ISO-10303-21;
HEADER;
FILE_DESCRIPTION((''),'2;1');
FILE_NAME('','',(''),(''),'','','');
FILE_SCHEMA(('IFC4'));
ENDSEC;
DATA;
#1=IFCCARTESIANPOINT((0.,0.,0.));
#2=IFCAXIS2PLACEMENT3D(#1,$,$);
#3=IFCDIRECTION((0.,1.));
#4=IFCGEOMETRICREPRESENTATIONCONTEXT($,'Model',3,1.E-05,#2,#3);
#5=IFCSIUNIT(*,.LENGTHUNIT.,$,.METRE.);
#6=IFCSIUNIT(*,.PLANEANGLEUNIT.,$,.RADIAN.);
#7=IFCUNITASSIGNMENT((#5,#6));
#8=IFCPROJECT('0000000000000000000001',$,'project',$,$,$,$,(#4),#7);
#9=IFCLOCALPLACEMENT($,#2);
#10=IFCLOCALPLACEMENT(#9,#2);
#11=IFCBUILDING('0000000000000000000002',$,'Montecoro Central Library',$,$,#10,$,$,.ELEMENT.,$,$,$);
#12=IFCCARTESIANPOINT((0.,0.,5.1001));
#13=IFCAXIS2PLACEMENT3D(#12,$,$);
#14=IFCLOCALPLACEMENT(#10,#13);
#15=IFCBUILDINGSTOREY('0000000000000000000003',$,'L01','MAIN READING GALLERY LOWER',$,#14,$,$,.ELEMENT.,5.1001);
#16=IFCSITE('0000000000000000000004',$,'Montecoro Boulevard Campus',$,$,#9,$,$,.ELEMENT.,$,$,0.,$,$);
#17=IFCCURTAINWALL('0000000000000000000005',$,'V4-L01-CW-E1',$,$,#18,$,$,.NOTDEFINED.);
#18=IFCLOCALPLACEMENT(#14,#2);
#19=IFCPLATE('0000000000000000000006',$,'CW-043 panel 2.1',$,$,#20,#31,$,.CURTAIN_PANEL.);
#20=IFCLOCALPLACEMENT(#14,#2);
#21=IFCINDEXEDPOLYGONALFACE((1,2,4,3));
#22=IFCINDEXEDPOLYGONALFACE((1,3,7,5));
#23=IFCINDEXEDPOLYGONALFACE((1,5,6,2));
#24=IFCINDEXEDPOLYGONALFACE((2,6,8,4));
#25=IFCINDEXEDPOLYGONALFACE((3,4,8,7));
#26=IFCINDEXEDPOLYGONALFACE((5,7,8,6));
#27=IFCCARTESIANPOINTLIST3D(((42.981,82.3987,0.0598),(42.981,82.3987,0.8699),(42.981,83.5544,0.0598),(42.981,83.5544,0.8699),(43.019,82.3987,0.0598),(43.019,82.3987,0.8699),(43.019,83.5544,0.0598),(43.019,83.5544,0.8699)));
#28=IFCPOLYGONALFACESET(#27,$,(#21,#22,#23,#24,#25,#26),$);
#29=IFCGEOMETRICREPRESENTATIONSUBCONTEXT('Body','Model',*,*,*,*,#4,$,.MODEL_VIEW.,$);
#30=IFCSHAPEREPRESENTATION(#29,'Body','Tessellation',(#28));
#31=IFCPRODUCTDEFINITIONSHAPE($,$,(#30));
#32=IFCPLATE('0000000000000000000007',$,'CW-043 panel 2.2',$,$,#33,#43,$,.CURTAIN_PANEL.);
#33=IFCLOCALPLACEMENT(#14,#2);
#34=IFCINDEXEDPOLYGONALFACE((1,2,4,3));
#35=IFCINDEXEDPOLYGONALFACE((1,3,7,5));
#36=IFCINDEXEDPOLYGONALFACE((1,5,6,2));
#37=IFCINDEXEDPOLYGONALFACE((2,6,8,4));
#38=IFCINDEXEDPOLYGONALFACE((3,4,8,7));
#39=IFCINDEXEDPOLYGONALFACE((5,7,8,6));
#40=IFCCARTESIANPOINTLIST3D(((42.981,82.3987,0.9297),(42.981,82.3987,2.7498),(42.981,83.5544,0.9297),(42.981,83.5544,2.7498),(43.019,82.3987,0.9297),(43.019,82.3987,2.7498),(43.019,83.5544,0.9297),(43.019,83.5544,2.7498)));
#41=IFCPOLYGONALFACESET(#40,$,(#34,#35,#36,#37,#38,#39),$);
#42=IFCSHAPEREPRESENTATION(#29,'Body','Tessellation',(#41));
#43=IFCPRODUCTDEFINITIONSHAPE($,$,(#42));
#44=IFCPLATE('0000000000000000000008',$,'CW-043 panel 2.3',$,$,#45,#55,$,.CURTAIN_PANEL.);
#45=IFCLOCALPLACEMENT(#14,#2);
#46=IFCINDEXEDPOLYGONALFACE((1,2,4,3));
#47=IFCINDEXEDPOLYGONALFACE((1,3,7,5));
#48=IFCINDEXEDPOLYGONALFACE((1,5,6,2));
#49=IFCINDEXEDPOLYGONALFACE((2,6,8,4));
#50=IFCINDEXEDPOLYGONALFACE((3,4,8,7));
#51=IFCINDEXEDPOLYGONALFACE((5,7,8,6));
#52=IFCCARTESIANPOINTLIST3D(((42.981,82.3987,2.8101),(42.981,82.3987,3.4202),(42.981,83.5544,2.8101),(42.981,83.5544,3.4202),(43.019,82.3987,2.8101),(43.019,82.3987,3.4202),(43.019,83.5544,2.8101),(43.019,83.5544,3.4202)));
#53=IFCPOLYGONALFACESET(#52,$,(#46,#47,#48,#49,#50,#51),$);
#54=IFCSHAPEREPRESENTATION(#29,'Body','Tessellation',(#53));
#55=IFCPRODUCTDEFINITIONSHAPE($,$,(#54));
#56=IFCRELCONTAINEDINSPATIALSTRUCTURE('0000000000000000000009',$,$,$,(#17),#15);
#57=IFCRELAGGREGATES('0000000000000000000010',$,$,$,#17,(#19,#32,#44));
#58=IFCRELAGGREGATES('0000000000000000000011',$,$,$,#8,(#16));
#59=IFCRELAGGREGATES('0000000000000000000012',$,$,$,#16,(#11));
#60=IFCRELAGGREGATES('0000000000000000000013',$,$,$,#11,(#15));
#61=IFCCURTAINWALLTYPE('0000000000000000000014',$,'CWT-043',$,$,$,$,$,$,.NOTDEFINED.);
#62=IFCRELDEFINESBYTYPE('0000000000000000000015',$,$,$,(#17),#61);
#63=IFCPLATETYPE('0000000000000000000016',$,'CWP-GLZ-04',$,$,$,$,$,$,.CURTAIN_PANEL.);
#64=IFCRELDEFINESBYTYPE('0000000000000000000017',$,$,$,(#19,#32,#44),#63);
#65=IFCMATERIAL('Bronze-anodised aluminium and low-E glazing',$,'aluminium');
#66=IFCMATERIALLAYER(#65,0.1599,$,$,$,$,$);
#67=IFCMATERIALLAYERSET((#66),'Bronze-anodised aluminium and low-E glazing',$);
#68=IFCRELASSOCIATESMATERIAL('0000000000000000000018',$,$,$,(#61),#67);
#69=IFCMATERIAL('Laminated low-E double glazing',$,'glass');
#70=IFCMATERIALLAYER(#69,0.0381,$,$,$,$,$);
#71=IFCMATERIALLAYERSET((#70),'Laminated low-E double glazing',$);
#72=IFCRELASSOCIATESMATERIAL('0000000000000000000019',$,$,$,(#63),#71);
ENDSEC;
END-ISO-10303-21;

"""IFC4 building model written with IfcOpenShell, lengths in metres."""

from ifc_helpers import new_model, si_unit, direction, frame, origin, origin_2d, place, context, subcontext, project, spatial, rectangle, extrude, material, layer, layer_set, type_object, element, aggregate, save


model = new_model("IFC4")

# Units and contexts
model_context = context("Model", 3, precision=1e-05, world=origin(), true_north=direction((0.0, 1.0)))
body_context = subcontext(model_context, "Body", "Model", "MODEL_VIEW")
ifc_project = project(units=[si_unit("LENGTHUNIT", "METRE"), si_unit("PLANEANGLEUNIT", "RADIAN")], contexts=[model_context])

# Site, building, storey
site_placement = place(None, origin())
site = spatial("IfcSite", under=ifc_project, at=site_placement, Name="Montecoro Boulevard Campus", CompositionType="ELEMENT", RefElevation=0.0)
building_placement = place(site_placement, origin())
building = spatial("IfcBuilding", under=site, at=building_placement, Name="Montecoro Central Library", CompositionType="ELEMENT")
storey_placement = place(building_placement, frame((0.0, 0.0, 5.1001)))
storey = spatial("IfcBuildingStorey", under=building, at=storey_placement, Name="L01", Description="MAIN READING GALLERY LOWER", CompositionType="ELEMENT", Elevation=5.1001)

# Curtain wall, plates
ifc_material_1 = material(Name="Bronze-anodised aluminium and low-E glazing", Category="aluminium")
ifc_layer_1 = layer(ifc_material_1, 0.1599)
ifc_layer_set_1 = layer_set([ifc_layer_1], Name="Bronze-anodised aluminium and low-E glazing")
curtain_wall_type = type_object("IfcCurtainWallType", Name="CWT-043", PredefinedType="NOTDEFINED", material=ifc_layer_set_1)
curtain_wall_placement = place(storey_placement, origin())
curtain_wall = element("IfcCurtainWall", 1, at=curtain_wall_placement, inside=storey, type_object=curtain_wall_type, Name="V4-L01-CW-E1", PredefinedType="NOTDEFINED")
ifc_material_2 = material(Name="Laminated low-E double glazing", Category="glass")
ifc_layer_2 = layer(ifc_material_2, 0.0381)
ifc_layer_set_2 = layer_set([ifc_layer_2], Name="Laminated low-E double glazing")
plate_type = type_object("IfcPlateType", Name="CWP-GLZ-04", PredefinedType="CURTAIN_PANEL", material=ifc_layer_set_2)
plate_1_placement = place(storey_placement, frame((43.0, 82.9766, 0.0598), z_axis=(0.0, 0.0, 1.0), x_axis=(0.0, 1.0, 0.0)))
plate_1 = element("IfcPlate", 2, at=plate_1_placement, type_object=plate_type, Name="CW-043 panel 2.1", PredefinedType="CURTAIN_PANEL", context=body_context, shape_type="SweptSolid", body=[
    extrude(rectangle(XDim=1.1558, YDim=0.0381, at=origin_2d()), origin(), (0.0, 0.0, 1.0), 0.8101),
])
plate_2_placement = place(storey_placement, frame((43.0, 82.9766, 0.9297), z_axis=(0.0, 0.0, 1.0), x_axis=(0.0, 1.0, 0.0)))
plate_2 = element("IfcPlate", 3, at=plate_2_placement, type_object=plate_type, Name="CW-043 panel 2.2", PredefinedType="CURTAIN_PANEL", context=body_context, shape_type="SweptSolid", body=[
    extrude(rectangle(XDim=1.1558, YDim=0.0381, at=origin_2d()), origin(), (0.0, 0.0, 1.0), 1.8201),
])
plate_3_placement = place(storey_placement, frame((43.0, 82.9766, 2.8101), z_axis=(0.0, 0.0, 1.0), x_axis=(0.0, 1.0, 0.0)))
plate_3 = element("IfcPlate", 4, at=plate_3_placement, type_object=plate_type, Name="CW-043 panel 2.3", PredefinedType="CURTAIN_PANEL", context=body_context, shape_type="SweptSolid", body=[
    extrude(rectangle(XDim=1.1558, YDim=0.0381, at=origin_2d()), origin(), (0.0, 0.0, 1.0), 0.6101),
])
aggregate(curtain_wall, [plate_1, plate_2, plate_3])

save(model, "model.ifc")
